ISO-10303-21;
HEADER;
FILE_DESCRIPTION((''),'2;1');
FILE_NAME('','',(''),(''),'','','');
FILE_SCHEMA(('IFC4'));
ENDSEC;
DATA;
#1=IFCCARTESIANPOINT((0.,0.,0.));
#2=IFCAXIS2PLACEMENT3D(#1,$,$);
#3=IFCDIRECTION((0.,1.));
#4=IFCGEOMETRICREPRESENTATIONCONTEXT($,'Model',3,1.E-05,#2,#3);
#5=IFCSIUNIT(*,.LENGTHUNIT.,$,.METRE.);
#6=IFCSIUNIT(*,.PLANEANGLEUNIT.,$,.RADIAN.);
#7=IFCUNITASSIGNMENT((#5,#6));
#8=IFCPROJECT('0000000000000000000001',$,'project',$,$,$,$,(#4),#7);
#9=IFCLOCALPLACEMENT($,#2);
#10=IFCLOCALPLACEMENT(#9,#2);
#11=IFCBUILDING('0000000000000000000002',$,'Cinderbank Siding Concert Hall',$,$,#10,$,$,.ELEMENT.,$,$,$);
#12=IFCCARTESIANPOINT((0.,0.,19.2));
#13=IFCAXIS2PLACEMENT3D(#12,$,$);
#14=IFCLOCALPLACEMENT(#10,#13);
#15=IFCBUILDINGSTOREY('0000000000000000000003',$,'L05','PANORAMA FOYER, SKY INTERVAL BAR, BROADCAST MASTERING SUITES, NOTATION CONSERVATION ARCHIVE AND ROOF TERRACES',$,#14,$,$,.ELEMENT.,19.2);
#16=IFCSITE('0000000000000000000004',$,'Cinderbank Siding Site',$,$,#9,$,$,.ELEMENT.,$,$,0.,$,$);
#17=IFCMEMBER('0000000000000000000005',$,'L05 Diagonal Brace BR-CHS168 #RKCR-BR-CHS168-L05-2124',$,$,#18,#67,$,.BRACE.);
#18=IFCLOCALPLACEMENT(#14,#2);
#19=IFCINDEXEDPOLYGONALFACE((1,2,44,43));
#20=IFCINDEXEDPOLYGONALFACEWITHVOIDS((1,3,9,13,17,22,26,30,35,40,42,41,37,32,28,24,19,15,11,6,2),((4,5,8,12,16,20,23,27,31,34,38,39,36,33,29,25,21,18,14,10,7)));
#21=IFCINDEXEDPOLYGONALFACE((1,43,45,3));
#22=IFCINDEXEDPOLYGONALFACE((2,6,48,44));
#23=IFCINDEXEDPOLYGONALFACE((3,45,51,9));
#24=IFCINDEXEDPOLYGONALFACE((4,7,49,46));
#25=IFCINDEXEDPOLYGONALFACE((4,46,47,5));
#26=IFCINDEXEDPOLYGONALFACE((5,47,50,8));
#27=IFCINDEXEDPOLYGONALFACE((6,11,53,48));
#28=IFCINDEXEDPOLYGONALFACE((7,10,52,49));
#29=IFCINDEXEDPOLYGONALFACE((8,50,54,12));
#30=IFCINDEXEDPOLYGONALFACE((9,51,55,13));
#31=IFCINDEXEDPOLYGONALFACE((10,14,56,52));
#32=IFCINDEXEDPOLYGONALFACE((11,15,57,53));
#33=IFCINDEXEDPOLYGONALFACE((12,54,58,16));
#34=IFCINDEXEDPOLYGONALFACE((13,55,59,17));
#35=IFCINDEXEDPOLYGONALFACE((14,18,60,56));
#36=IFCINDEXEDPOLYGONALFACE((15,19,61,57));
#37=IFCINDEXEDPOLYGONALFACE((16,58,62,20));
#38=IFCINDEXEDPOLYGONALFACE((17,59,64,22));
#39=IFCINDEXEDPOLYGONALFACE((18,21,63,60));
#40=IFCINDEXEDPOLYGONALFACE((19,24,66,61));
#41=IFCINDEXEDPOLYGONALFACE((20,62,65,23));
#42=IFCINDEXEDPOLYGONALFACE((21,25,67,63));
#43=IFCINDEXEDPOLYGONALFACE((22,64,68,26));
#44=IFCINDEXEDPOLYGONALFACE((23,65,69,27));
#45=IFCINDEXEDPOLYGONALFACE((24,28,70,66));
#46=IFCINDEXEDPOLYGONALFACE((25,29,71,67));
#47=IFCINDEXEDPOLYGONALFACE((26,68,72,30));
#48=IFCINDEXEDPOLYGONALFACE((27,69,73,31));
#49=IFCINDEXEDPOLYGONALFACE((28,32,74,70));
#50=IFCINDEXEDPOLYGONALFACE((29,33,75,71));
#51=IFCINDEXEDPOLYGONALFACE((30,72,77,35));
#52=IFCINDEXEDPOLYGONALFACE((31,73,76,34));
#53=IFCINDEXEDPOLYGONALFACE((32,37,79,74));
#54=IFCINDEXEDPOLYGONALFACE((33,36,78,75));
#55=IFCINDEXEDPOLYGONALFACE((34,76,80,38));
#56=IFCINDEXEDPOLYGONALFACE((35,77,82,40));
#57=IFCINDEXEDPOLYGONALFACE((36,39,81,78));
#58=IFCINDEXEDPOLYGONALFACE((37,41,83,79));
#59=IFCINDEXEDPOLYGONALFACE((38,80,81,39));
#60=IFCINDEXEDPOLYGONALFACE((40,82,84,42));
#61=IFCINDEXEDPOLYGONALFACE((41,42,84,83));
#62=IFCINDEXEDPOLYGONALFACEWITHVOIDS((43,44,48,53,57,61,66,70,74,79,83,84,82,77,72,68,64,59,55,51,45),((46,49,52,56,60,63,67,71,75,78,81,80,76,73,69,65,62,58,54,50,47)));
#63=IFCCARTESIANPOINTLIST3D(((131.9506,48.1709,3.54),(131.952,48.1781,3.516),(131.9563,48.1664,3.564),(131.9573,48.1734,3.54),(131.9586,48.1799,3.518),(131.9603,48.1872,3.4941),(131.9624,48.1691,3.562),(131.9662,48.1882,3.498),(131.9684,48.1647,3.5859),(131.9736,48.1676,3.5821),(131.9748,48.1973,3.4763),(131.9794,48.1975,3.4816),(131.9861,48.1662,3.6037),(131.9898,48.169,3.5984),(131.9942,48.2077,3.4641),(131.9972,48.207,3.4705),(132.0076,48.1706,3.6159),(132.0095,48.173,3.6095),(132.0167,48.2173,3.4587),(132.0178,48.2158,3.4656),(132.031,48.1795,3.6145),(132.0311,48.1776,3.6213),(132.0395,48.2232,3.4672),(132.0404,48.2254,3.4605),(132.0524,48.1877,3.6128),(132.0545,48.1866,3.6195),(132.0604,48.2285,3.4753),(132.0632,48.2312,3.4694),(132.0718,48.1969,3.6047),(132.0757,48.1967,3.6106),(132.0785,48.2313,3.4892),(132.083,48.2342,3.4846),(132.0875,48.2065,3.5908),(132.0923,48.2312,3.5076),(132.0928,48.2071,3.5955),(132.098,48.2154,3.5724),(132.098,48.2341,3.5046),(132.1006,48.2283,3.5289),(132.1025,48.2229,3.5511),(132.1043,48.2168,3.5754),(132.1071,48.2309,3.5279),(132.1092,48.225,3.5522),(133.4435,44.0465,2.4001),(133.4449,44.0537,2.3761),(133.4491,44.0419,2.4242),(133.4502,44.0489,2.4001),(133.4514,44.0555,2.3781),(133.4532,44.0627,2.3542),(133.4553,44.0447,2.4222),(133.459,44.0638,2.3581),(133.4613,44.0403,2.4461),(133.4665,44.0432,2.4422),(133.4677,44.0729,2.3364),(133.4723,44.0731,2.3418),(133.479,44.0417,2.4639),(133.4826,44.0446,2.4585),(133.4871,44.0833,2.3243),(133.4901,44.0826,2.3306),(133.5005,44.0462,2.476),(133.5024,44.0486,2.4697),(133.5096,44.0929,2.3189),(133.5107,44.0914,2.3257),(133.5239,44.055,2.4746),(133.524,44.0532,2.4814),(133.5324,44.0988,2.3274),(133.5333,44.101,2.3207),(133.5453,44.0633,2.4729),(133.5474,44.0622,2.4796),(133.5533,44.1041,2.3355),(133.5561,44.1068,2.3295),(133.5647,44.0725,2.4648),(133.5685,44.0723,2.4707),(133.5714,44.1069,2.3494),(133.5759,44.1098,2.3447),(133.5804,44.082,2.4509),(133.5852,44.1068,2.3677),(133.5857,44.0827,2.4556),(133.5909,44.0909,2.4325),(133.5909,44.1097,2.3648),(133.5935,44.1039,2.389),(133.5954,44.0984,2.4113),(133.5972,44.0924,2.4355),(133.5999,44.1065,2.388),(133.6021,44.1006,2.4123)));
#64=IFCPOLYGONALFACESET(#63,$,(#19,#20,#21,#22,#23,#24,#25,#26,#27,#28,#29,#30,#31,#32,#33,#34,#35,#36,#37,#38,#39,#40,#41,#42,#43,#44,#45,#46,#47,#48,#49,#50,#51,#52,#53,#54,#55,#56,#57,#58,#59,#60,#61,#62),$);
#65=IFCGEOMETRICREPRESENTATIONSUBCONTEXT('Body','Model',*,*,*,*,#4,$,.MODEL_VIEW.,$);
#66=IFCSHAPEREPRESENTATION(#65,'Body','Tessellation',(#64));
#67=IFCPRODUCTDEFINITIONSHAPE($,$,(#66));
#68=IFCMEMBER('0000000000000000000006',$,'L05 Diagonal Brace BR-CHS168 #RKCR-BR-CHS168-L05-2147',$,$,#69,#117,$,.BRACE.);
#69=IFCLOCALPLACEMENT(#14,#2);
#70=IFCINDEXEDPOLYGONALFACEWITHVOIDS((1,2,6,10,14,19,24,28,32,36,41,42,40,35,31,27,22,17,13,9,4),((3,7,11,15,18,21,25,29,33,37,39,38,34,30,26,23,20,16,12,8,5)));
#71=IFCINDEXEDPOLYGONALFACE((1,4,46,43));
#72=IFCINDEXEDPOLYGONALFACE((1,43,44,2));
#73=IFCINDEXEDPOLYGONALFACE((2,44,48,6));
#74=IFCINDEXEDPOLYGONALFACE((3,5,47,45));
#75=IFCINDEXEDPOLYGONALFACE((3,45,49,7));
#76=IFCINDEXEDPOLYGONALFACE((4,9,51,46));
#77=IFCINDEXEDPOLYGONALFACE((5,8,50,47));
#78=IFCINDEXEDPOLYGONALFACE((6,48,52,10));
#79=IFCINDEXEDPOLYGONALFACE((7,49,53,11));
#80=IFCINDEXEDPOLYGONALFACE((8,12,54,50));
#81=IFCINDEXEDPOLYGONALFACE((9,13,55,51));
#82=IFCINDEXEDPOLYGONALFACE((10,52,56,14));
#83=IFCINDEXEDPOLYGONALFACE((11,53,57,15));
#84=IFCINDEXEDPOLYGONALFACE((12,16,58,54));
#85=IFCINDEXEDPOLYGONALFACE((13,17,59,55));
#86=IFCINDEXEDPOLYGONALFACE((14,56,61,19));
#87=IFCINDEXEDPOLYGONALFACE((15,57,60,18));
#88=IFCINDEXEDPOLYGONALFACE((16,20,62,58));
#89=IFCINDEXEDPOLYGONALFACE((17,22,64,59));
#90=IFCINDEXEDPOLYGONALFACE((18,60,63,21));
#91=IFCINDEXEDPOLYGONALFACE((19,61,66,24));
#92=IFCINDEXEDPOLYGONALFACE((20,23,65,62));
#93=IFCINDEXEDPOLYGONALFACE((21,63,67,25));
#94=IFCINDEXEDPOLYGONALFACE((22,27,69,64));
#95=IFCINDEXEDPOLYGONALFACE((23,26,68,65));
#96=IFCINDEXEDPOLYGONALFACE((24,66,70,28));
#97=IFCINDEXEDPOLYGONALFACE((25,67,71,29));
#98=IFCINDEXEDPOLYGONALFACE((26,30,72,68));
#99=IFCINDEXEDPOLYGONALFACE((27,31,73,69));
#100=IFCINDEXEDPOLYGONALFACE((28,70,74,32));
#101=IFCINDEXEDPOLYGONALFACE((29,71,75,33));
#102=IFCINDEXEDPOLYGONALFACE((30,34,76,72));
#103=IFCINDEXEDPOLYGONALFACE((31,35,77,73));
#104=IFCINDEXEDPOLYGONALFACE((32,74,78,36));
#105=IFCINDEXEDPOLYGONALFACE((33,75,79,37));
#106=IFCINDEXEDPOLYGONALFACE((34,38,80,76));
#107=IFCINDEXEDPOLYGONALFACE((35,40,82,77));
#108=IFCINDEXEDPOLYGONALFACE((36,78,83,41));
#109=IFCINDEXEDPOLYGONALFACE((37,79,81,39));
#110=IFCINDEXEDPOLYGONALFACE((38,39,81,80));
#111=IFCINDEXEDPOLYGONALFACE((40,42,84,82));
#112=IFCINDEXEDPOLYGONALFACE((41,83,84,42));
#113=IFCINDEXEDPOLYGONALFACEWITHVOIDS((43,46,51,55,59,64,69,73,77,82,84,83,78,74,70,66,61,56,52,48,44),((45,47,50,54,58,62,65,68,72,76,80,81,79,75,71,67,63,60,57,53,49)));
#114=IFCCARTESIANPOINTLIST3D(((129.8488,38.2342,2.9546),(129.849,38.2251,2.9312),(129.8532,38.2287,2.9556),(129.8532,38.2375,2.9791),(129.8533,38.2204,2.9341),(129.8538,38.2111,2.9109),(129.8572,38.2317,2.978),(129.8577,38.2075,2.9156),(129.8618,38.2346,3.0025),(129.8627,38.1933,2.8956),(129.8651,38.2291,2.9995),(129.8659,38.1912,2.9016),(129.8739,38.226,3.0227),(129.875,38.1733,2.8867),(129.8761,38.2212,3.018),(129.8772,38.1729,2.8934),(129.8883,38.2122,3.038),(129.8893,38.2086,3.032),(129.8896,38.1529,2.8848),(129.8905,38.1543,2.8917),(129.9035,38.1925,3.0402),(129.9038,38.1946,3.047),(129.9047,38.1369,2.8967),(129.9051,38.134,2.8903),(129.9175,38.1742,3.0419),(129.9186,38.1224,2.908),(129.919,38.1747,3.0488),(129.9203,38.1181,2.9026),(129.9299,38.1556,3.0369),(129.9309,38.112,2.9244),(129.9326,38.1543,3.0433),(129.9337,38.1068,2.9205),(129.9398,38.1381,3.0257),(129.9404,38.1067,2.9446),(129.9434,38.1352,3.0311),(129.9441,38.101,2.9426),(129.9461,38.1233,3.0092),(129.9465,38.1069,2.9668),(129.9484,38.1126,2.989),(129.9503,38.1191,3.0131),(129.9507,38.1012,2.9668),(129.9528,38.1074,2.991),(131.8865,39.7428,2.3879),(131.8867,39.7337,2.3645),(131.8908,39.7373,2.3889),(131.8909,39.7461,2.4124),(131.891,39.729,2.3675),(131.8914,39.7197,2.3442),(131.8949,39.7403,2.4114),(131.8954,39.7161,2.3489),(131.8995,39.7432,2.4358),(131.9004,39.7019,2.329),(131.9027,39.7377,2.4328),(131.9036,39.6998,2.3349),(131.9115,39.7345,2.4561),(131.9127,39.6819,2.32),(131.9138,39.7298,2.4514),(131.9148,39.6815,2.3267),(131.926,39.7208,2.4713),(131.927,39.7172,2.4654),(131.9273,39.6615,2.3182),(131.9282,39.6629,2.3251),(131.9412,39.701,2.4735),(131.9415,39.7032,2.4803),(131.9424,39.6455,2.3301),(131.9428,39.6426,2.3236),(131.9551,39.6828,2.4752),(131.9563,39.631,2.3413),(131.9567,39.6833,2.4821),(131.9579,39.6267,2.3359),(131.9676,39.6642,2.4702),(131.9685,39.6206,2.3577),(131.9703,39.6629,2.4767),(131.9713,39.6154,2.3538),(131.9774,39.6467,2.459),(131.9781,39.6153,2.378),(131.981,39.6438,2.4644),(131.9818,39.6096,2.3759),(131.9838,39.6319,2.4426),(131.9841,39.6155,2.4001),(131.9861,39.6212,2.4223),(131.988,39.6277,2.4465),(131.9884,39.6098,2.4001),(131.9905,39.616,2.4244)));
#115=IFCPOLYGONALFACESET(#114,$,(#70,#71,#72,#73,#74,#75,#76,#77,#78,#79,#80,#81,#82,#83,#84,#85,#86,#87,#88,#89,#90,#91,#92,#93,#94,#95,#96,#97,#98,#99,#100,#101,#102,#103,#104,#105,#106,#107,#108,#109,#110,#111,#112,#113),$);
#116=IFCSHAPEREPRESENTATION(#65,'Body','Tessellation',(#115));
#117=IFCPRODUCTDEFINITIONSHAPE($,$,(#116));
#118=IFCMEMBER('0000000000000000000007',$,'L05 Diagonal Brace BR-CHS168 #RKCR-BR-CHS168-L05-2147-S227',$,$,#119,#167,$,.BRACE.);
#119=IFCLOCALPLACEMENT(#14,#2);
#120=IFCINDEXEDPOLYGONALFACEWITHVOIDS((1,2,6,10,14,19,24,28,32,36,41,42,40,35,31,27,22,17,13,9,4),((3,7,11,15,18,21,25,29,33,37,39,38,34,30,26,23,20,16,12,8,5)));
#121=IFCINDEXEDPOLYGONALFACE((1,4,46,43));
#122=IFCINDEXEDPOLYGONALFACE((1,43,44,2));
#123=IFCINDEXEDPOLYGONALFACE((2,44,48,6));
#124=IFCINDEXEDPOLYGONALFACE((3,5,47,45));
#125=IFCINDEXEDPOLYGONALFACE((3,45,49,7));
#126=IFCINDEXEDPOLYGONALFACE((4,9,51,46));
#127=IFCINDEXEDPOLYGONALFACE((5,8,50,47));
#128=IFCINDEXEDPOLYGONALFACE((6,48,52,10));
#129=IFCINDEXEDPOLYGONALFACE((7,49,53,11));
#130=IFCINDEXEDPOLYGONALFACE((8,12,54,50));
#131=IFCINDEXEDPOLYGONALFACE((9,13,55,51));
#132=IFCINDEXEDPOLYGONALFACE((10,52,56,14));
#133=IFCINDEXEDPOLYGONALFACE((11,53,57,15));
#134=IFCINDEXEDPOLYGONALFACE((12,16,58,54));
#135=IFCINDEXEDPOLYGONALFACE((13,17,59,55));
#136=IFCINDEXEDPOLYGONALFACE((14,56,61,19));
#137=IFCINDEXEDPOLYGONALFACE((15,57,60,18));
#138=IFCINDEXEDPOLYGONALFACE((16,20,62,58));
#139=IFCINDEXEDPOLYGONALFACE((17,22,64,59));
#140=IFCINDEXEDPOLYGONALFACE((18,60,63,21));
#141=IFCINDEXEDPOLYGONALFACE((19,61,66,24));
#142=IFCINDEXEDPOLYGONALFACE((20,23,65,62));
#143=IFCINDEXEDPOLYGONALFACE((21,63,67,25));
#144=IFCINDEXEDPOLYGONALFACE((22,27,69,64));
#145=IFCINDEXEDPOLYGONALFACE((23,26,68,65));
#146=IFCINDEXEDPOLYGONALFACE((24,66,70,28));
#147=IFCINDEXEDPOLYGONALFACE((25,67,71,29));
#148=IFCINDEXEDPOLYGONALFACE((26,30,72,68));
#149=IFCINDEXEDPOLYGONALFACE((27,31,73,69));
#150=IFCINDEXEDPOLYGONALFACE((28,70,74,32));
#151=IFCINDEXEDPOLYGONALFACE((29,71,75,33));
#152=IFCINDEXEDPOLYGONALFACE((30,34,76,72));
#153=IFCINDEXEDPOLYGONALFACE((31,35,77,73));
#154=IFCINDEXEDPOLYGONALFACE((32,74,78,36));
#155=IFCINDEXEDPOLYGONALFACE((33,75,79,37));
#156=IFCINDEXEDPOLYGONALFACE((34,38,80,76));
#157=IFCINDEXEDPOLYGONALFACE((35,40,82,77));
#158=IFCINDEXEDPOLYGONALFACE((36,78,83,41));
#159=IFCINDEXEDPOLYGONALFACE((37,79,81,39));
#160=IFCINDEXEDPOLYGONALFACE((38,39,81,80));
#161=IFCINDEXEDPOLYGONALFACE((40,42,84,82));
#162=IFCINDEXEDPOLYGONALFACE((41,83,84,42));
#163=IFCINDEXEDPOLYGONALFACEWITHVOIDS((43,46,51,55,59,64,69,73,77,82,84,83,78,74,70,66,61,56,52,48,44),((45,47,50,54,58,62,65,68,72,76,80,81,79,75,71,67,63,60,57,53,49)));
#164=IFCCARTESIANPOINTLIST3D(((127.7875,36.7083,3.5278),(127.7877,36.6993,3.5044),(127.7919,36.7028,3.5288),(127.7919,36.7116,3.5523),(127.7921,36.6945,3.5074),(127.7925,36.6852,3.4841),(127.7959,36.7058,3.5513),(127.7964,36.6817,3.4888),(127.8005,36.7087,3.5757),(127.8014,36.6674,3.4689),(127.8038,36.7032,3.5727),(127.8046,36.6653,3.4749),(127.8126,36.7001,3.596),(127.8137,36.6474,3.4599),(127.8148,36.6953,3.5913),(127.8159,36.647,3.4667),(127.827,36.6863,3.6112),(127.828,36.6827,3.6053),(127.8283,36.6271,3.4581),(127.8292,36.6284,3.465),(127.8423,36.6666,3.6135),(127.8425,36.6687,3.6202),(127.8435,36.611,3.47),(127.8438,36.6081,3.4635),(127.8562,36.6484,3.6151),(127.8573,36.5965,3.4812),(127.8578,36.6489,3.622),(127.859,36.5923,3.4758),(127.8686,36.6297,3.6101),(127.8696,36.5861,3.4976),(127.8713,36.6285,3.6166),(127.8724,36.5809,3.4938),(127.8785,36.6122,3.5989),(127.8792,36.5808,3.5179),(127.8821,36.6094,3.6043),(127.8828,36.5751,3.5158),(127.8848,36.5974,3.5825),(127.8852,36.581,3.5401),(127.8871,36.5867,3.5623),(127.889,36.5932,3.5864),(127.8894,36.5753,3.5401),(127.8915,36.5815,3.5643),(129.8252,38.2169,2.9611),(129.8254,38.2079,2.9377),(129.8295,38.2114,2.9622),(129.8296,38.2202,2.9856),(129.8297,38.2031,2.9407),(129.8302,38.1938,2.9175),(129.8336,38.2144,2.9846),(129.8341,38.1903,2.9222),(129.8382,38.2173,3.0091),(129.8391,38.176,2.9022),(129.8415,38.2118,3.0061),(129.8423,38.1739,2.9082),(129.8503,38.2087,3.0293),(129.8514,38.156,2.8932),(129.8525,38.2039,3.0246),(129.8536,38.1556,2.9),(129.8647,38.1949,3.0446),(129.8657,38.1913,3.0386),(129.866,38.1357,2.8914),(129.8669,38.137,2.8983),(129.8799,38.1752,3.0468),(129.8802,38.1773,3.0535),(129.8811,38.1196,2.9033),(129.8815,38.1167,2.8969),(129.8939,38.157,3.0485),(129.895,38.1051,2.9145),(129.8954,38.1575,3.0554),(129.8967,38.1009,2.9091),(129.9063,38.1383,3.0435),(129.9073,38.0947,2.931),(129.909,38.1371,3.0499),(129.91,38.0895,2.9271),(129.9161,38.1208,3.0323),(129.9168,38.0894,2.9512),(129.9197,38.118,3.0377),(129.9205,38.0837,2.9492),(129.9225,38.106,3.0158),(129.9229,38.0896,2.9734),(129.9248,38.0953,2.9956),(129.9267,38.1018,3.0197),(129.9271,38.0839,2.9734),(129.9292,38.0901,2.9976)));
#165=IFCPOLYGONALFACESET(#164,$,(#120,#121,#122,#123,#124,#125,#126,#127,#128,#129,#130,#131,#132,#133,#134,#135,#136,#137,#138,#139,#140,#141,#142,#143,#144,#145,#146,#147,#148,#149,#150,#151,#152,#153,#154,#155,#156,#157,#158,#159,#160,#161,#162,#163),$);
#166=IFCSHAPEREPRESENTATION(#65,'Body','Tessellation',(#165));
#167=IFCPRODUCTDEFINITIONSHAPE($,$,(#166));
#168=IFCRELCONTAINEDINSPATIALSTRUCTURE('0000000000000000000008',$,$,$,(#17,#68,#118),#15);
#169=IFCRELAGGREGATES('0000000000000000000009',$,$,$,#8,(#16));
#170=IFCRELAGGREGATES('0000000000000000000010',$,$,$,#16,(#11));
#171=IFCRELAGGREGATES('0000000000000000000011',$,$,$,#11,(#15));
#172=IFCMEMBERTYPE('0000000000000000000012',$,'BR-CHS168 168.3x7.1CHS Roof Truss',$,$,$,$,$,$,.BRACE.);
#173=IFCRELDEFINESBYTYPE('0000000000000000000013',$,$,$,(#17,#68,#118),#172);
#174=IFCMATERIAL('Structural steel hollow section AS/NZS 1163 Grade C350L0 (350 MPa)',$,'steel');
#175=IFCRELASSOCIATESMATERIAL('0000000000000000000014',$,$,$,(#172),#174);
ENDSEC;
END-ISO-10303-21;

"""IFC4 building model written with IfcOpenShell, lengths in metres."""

from ifc_helpers import new_model, si_unit, direction, frame, origin, origin_2d, place, context, subcontext, project, spatial, hollow_circle, extrude, material, material_profile, profile_set, type_object, element, save


model = new_model("IFC4")

# Units and contexts
model_context = context("Model", 3, precision=1e-05, world=origin(), true_north=direction((0.0, 1.0)))
body_context = subcontext(model_context, "Body", "Model", "MODEL_VIEW")
ifc_project = project(units=[si_unit("LENGTHUNIT", "METRE"), si_unit("PLANEANGLEUNIT", "RADIAN")], contexts=[model_context])

# Site, building, storey
site_placement = place(None, origin())
site = spatial("IfcSite", under=ifc_project, at=site_placement, Name="Cinderbank Siding Site", CompositionType="ELEMENT", RefElevation=0.0)
building_placement = place(site_placement, origin())
building = spatial("IfcBuilding", under=site, at=building_placement, Name="Cinderbank Siding Concert Hall", CompositionType="ELEMENT")
storey_placement = place(building_placement, frame((0.0, 0.0, 19.2)))
storey = spatial("IfcBuildingStorey", under=building, at=storey_placement, Name="L05", Description="PANORAMA FOYER, SKY INTERVAL BAR, BROADCAST MASTERING SUITES, NOTATION CONSERVATION ARCHIVE AND ROOF TERRACES", CompositionType="ELEMENT", Elevation=19.2)

# Shared definitions
ifc_material_1 = material(Name="Structural steel hollow section AS/NZS 1163 Grade C350L0 (350 MPa)", Category="steel")

# Members
ifc_material_profile_1 = material_profile(ifc_material_1, hollow_circle(Radius=0.0842, WallThickness=0.0071, at=origin_2d()), Name="168.3x7.1CHS", Category="LoadBearing")
ifc_profile_set_1 = profile_set([ifc_material_profile_1], Name="Structural steel hollow section AS/NZS 1163 Grade C350L0 (350 MPa)")
member_type = type_object("IfcMemberType", Name="BR-CHS168 168.3x7.1CHS Roof Truss", PredefinedType="BRACE", material=ifc_profile_set_1)
member_1_placement = place(storey_placement, frame((133.5227, 44.0752, 2.4001), z_axis=(-0.329412, 0.91007, 0.251516), x_axis=(-0.940298, -0.340353, 0.0)))
element("IfcMember", 1, at=member_1_placement, inside=storey, type_object=member_type, Name="L05 Diagonal Brace BR-CHS168 #RKCR-BR-CHS168-L05-2124", PredefinedType="BRACE", context=body_context, shape_type="SweptSolid", body=[
    extrude(hollow_circle(Radius=0.0842, WallThickness=0.0071, at=origin_2d()), origin(), (0.0, 0.0, 1.0), 4.532),
])
for number, where, z_axis, x_axis, name in (
    (2, (131.9382, 39.6775, 2.4001), (-0.784353, -0.580699, 0.218126), (0.595027, -0.803706, 0.0), "L05 Diagonal Brace BR-CHS168 #RKCR-BR-CHS168-L05-2147"),
    (3, (129.877, 38.1516, 2.9734), (-0.784353, -0.580699, 0.218126), (0.595027, -0.803706, 0.0), "L05 Diagonal Brace BR-CHS168 #RKCR-BR-CHS168-L05-2147-S227"),
):
    element("IfcMember", number, at=place(storey_placement, frame(where, z_axis=z_axis, x_axis=x_axis)), inside=storey, type_object=member_type, Name=name, PredefinedType="BRACE", context=body_context, shape_type="SweptSolid", body=[
        extrude(hollow_circle(Radius=0.0842, WallThickness=0.0071, at=origin_2d()), origin(), (0.0, 0.0, 1.0), 2.5979),
    ])

save(model, "model.ifc")
